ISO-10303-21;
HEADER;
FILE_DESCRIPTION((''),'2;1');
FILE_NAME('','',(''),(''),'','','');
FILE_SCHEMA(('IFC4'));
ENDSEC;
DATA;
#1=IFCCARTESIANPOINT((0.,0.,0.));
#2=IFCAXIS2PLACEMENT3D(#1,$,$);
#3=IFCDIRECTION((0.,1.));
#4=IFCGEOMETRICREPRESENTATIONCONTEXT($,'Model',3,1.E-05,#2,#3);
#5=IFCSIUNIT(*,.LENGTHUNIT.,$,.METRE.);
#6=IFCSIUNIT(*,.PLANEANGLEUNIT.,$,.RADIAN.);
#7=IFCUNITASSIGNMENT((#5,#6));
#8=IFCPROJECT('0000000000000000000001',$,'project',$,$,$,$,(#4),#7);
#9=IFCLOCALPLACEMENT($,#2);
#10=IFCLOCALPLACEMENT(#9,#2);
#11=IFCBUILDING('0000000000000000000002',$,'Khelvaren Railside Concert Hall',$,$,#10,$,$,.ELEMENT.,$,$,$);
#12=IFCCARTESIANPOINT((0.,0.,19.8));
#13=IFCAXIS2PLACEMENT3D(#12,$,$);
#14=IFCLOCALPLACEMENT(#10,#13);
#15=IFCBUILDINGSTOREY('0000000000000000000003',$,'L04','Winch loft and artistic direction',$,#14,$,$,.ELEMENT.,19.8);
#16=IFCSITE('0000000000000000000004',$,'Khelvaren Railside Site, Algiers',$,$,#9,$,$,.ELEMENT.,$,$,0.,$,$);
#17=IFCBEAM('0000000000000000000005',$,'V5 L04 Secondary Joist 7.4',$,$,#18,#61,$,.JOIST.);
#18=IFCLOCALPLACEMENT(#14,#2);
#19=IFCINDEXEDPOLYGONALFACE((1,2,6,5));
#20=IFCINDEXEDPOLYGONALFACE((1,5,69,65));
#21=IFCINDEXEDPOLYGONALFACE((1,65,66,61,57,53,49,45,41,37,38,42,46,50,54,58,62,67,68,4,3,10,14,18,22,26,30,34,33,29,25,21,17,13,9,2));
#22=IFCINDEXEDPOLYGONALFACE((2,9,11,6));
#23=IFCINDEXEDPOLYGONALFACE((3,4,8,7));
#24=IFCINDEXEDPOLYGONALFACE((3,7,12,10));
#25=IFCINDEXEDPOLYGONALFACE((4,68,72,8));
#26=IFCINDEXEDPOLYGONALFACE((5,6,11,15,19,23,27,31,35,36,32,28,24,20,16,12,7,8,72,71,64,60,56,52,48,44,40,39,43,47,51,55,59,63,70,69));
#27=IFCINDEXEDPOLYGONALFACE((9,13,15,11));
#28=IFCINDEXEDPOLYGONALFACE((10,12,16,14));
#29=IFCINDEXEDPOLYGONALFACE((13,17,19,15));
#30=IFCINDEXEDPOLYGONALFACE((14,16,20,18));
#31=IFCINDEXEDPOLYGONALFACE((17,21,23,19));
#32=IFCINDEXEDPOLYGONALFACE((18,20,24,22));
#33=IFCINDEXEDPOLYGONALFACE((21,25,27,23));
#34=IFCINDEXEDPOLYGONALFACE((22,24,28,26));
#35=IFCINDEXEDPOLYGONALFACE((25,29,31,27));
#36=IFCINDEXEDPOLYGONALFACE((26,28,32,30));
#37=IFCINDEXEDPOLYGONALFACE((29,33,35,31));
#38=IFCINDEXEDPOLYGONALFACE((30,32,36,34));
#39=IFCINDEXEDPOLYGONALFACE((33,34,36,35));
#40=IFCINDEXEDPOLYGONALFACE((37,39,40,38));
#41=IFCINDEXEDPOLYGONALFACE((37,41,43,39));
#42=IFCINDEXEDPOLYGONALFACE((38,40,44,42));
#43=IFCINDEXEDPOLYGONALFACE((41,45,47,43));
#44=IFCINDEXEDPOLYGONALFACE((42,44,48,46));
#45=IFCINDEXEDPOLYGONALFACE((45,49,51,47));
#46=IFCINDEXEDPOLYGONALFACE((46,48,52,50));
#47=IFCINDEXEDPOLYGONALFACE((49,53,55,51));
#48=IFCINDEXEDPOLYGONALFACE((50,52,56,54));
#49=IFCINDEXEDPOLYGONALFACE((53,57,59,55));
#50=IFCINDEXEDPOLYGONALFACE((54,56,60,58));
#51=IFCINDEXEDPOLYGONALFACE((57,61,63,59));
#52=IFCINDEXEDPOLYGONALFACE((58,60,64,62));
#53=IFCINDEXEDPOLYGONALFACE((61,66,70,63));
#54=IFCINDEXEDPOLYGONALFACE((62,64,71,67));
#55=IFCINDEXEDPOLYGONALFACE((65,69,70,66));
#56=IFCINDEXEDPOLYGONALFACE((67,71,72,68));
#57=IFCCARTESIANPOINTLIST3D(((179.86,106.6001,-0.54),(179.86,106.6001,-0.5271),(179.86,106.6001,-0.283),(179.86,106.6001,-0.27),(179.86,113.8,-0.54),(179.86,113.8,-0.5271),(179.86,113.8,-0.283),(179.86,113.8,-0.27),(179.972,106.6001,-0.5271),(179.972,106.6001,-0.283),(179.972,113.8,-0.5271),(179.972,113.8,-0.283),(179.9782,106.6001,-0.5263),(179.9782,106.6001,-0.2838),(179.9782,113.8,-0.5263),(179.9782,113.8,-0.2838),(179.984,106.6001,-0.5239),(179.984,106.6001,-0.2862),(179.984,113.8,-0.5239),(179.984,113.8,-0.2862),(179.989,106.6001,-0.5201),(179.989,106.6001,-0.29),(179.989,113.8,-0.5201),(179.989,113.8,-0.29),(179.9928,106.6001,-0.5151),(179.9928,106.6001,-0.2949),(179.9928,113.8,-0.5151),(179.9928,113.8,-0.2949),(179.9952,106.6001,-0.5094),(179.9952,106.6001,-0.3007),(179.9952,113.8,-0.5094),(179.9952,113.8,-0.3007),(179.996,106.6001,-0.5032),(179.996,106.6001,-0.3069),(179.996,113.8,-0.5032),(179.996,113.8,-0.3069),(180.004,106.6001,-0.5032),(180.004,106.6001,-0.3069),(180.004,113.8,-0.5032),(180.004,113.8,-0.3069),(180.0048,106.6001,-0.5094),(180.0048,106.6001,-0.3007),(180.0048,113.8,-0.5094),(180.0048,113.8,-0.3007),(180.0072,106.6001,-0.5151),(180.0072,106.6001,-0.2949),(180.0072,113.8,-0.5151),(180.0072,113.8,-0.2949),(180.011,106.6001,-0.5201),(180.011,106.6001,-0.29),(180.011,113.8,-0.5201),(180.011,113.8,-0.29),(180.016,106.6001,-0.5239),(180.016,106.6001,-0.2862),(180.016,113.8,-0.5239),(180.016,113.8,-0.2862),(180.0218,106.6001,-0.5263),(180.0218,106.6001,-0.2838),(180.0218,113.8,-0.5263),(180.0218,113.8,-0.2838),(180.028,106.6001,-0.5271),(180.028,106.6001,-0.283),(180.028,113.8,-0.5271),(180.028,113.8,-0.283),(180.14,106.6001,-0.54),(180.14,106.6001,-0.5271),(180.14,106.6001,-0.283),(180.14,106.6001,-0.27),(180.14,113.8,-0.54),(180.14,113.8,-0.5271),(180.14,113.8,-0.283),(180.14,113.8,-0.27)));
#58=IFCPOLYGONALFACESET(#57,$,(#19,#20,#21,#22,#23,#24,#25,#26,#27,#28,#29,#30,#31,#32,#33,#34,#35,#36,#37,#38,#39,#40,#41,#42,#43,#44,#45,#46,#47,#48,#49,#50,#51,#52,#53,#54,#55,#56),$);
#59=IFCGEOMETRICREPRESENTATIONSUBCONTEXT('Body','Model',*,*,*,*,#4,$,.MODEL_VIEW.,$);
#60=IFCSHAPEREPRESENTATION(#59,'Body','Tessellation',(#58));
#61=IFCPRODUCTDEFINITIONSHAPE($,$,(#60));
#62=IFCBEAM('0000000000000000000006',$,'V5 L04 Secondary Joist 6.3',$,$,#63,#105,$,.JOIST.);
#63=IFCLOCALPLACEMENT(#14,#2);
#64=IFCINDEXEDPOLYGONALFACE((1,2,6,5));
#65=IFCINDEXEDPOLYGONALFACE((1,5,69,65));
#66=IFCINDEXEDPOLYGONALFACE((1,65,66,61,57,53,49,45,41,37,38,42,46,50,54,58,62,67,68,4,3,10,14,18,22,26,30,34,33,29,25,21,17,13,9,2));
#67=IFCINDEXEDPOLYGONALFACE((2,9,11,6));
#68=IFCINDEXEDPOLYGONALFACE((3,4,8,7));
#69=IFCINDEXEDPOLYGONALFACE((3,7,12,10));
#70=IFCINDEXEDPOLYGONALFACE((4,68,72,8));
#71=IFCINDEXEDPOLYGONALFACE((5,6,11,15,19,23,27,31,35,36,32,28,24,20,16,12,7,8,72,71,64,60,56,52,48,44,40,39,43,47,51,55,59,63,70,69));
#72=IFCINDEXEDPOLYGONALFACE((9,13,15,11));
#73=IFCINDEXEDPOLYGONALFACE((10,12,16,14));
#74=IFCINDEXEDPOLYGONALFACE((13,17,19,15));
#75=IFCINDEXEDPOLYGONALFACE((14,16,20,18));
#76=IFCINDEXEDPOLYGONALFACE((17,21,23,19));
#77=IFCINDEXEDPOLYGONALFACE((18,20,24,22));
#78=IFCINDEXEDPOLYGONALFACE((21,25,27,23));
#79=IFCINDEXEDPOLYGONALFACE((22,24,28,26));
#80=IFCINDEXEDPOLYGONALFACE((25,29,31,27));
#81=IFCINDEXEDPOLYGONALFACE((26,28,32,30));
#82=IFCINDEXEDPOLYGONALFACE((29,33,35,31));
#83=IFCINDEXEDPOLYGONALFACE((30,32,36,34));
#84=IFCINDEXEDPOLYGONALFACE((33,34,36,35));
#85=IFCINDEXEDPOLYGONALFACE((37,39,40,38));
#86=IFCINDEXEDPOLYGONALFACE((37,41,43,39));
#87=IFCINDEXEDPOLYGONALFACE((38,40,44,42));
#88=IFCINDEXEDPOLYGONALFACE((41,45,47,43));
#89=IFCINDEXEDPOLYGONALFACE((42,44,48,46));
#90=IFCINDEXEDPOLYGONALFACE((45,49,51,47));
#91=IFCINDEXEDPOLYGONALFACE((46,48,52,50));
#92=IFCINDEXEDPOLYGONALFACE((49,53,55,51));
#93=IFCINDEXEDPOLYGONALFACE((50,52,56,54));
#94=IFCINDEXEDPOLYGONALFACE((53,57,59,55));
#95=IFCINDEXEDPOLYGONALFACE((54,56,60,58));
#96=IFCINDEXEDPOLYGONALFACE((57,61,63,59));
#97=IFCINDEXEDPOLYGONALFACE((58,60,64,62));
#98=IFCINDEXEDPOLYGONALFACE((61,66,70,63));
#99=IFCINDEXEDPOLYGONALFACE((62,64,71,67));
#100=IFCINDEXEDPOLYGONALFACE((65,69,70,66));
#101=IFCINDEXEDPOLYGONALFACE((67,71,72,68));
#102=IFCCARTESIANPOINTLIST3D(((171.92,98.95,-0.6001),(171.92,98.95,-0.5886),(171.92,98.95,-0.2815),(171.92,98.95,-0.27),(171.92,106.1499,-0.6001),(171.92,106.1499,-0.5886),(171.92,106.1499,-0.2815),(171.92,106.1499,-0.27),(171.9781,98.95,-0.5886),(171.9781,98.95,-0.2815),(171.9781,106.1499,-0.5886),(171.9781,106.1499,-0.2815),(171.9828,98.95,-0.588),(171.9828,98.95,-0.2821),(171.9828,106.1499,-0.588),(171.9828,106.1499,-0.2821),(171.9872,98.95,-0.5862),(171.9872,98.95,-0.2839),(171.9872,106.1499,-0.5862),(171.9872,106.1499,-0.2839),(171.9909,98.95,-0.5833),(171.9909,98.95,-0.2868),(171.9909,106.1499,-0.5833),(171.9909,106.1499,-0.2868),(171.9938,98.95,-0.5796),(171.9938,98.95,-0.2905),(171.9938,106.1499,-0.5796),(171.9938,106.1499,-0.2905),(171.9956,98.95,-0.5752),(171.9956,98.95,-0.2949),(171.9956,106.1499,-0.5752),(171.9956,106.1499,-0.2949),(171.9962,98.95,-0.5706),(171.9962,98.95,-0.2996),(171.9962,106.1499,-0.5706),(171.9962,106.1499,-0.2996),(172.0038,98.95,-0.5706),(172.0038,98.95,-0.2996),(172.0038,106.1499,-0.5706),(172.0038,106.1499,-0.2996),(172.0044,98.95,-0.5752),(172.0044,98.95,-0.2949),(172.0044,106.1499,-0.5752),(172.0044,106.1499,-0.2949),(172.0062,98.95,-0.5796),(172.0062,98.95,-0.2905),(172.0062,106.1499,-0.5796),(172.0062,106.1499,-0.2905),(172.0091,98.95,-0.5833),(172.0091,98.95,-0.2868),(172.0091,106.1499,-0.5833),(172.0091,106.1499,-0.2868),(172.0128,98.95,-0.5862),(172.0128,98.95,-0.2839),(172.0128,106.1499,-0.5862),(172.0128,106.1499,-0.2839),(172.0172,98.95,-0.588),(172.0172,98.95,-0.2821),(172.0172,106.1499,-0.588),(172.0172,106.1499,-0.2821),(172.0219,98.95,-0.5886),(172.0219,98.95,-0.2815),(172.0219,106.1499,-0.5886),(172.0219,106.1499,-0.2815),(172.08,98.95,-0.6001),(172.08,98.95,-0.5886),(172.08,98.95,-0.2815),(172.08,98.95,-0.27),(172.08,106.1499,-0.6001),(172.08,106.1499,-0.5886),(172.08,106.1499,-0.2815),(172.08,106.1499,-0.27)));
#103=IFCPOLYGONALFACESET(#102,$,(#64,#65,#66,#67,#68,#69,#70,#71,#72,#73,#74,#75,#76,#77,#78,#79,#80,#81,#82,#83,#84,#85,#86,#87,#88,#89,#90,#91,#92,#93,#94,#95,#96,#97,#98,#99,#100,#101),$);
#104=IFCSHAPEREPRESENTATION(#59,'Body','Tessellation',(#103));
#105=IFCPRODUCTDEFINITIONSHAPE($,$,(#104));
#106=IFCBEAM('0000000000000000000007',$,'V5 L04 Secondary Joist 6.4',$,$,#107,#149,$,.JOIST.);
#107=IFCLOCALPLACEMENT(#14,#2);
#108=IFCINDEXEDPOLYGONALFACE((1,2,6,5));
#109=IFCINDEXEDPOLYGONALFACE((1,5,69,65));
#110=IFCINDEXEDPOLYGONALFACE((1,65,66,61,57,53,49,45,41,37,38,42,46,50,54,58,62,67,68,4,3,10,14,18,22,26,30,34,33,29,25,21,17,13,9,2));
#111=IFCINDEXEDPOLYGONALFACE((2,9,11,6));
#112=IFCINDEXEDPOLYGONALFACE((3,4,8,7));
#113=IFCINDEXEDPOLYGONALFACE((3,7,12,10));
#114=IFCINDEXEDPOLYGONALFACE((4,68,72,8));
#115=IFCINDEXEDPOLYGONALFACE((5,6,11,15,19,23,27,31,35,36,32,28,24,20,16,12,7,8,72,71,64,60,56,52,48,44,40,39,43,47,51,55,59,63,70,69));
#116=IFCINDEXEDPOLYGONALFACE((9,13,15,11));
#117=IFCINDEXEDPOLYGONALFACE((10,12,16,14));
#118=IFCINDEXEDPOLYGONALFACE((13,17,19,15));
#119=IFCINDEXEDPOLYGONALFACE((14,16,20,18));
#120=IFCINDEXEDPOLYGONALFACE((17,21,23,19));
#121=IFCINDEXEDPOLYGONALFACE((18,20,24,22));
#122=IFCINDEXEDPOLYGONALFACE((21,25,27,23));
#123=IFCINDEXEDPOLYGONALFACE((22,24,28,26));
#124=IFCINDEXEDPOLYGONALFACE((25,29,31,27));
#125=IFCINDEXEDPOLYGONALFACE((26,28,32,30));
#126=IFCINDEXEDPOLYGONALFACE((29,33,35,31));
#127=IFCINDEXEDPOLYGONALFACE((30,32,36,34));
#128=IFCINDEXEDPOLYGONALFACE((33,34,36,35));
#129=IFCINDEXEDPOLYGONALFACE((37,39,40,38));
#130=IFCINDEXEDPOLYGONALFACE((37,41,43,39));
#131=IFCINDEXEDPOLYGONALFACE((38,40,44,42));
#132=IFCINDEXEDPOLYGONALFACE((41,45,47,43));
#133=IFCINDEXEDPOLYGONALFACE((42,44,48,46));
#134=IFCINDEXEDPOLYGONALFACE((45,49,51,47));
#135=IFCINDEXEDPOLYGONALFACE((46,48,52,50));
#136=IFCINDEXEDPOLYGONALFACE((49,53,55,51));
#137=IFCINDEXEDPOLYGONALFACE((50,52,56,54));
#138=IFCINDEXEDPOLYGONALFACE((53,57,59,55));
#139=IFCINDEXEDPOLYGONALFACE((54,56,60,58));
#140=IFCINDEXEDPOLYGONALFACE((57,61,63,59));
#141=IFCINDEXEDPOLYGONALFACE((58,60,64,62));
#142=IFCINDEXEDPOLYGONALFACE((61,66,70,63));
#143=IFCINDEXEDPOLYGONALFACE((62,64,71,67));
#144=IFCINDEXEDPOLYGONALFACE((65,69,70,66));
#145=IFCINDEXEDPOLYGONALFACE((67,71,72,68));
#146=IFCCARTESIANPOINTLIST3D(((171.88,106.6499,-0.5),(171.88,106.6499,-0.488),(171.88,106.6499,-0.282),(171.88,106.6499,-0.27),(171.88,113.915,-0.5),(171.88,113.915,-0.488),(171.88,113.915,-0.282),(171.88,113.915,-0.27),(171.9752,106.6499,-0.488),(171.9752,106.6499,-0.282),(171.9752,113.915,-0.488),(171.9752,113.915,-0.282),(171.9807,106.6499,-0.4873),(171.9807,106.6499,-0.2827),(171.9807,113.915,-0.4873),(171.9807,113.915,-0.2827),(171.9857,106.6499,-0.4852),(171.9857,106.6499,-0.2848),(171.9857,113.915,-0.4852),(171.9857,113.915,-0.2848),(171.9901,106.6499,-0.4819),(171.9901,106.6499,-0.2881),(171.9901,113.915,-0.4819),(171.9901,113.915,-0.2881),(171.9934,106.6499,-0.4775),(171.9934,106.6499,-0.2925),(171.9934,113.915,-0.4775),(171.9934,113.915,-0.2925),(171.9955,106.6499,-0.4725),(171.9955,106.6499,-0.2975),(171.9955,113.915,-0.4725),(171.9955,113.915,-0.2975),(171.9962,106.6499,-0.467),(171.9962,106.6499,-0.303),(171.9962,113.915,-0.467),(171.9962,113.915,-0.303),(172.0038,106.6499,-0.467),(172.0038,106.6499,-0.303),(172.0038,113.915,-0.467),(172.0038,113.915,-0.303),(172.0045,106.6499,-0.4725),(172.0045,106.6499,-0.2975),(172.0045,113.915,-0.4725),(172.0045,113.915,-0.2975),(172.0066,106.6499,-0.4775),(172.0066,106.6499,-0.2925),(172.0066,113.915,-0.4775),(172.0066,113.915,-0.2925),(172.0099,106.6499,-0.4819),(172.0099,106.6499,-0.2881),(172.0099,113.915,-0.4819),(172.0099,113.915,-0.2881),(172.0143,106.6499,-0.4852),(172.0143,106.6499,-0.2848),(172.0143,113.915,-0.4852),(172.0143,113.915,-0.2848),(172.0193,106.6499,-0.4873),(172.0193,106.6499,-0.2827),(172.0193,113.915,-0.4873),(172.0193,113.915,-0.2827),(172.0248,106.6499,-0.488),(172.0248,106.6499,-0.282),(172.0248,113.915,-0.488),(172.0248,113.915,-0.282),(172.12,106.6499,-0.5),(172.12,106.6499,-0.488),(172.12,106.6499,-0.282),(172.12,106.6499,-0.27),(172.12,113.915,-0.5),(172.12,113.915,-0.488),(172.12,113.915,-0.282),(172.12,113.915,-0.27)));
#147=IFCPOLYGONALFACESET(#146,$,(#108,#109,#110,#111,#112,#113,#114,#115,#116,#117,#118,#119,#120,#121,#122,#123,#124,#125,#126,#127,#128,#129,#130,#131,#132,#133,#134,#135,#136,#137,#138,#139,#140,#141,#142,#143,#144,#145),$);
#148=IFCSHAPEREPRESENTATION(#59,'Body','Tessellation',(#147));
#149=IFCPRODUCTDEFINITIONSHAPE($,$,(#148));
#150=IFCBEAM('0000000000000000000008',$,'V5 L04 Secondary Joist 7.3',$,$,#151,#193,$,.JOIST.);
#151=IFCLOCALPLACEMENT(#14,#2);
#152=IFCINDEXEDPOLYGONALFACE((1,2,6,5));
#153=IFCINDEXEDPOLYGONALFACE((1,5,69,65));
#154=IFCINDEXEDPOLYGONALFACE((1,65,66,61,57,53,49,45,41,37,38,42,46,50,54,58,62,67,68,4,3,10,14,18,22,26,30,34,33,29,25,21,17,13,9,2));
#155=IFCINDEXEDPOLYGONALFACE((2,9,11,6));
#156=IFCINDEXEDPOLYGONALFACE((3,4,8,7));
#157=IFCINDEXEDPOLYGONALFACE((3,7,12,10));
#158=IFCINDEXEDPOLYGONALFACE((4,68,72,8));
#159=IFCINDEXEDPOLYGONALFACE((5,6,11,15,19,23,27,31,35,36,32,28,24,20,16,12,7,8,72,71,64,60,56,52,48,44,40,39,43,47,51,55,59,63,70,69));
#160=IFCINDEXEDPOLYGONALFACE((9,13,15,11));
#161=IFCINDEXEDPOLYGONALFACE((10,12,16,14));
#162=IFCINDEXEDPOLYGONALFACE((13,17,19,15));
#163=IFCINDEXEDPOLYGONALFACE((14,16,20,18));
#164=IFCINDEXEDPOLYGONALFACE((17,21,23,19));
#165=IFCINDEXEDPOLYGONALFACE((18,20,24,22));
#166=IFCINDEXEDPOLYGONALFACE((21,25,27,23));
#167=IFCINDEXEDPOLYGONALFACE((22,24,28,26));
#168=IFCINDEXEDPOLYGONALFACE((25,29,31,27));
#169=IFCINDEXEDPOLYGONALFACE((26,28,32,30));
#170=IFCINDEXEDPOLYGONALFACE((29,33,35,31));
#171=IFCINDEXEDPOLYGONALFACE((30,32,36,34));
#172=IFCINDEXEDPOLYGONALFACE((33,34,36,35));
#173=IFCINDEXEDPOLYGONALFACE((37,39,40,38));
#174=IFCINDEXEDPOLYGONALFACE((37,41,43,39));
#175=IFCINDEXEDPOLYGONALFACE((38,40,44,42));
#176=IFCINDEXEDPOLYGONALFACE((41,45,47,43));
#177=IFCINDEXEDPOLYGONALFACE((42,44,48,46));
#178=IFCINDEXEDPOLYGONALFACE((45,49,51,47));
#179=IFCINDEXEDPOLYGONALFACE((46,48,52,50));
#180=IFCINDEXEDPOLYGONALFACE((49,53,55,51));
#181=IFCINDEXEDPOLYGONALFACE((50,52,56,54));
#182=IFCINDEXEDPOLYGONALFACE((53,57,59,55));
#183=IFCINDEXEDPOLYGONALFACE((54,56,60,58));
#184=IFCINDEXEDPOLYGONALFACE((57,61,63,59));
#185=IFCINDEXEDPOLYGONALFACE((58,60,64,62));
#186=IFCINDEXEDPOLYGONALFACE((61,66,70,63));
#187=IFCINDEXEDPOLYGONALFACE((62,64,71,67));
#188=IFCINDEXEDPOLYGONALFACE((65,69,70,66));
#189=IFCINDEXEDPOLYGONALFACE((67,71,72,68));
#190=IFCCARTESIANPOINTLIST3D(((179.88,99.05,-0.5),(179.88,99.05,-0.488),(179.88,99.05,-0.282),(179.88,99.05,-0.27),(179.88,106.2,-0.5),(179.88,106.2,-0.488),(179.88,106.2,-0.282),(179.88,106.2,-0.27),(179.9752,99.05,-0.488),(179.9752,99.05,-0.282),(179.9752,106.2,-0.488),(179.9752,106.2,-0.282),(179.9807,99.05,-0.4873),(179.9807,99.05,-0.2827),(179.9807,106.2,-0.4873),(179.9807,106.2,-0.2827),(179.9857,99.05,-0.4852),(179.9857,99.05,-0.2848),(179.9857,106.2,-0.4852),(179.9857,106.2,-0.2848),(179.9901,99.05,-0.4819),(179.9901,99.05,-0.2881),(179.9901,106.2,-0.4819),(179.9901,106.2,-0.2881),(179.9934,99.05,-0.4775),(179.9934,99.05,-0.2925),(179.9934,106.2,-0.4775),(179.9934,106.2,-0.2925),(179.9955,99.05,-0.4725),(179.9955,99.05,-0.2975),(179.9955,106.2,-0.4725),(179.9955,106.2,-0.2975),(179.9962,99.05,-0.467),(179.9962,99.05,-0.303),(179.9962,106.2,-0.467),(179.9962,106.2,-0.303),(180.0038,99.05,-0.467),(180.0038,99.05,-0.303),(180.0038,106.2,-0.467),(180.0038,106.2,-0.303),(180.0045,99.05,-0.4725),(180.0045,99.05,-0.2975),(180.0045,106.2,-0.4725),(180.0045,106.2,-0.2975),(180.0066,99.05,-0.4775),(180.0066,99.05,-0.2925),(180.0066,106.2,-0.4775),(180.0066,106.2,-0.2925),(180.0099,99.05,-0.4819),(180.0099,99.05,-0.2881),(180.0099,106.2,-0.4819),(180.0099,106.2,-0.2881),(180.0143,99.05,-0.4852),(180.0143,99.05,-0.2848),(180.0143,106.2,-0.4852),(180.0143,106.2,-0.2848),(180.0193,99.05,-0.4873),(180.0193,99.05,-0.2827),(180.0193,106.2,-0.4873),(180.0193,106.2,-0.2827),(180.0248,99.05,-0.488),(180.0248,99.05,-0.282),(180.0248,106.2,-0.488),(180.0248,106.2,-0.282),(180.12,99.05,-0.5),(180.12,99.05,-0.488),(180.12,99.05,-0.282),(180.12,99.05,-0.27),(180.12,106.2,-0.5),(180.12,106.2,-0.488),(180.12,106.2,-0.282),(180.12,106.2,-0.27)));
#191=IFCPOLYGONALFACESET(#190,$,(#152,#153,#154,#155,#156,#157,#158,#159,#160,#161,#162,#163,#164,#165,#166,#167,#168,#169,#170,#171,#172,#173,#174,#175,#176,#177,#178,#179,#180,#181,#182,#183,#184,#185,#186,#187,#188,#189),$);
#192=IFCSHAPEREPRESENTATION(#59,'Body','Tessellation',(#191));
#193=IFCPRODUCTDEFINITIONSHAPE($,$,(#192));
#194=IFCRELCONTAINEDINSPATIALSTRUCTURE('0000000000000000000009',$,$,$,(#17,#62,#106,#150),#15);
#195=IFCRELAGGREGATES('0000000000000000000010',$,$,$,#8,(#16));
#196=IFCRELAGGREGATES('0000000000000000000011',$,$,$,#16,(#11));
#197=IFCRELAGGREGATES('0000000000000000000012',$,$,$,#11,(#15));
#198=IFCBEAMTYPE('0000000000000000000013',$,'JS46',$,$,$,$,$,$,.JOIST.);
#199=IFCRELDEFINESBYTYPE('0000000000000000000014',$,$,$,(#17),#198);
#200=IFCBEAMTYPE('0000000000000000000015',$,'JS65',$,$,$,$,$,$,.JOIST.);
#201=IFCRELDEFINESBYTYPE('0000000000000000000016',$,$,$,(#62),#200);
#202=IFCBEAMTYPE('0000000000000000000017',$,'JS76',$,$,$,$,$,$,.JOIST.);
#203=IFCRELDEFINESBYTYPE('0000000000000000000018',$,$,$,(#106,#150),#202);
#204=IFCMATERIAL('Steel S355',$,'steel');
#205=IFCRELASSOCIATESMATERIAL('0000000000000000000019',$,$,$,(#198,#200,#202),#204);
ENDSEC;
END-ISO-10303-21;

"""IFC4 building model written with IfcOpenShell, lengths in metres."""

from ifc_helpers import new_model, si_unit, direction, frame, origin, origin_2d, place, context, subcontext, project, spatial, i_section, extrude, material, material_profile, profile_set, type_object, element, save


model = new_model("IFC4")

# Units and contexts
model_context = context("Model", 3, precision=1e-05, world=origin(), true_north=direction((0.0, 1.0)))
body_context = subcontext(model_context, "Body", "Model", "MODEL_VIEW")
ifc_project = project(units=[si_unit("LENGTHUNIT", "METRE"), si_unit("PLANEANGLEUNIT", "RADIAN")], contexts=[model_context])

# Site, building, storey
site_placement = place(None, origin())
site = spatial("IfcSite", under=ifc_project, at=site_placement, Name="Khelvaren Railside Site, Algiers", CompositionType="ELEMENT", RefElevation=0.0)
building_placement = place(site_placement, origin())
building = spatial("IfcBuilding", under=site, at=building_placement, Name="Khelvaren Railside Concert Hall", CompositionType="ELEMENT")
storey_placement = place(building_placement, frame((0.0, 0.0, 19.8)))
storey = spatial("IfcBuildingStorey", under=building, at=storey_placement, Name="L04", Description="Winch loft and artistic direction", CompositionType="ELEMENT", Elevation=19.8)

# Beams
ifc_material_1 = material(Name="Steel S355", Category="steel")
ifc_material_profile_1 = material_profile(ifc_material_1, i_section(OverallWidth=0.28, OverallDepth=0.27, WebThickness=0.0081, FlangeThickness=0.0129, FilletRadius=0.0239, at=origin_2d()), Name="HEA 280")
ifc_profile_set_1 = profile_set([ifc_material_profile_1], Name="Steel S355")
beam_type_1 = type_object("IfcBeamType", Name="JS46", PredefinedType="JOIST", material=ifc_profile_set_1)
beam_1_placement = place(storey_placement, frame((180.0, 106.6001, -0.405), z_axis=(0.0, 1.0, 0.0), x_axis=(-1.0, 0.0, 0.0)))
element("IfcBeam", 1, at=beam_1_placement, inside=storey, type_object=beam_type_1, Name="V5 L04 Secondary Joist 7.4", PredefinedType="JOIST", context=body_context, shape_type="SweptSolid", body=[
    extrude(i_section(OverallWidth=0.28, OverallDepth=0.27, WebThickness=0.0081, FlangeThickness=0.0129, FilletRadius=0.0239, at=origin_2d()), origin(), (0.0, 0.0, 1.0), 7.2),
])
ifc_material_profile_2 = material_profile(ifc_material_1, i_section(OverallWidth=0.1599, OverallDepth=0.3301, WebThickness=0.0076, FlangeThickness=0.0115, FilletRadius=0.0181, at=origin_2d()), Name="IPE 330")
ifc_profile_set_2 = profile_set([ifc_material_profile_2], Name="Steel S355")
beam_type_2 = type_object("IfcBeamType", Name="JS65", PredefinedType="JOIST", material=ifc_profile_set_2)
beam_2_placement = place(storey_placement, frame((172.0, 98.95, -0.4351), z_axis=(0.0, 1.0, 0.0), x_axis=(-1.0, 0.0, 0.0)))
element("IfcBeam", 2, at=beam_2_placement, inside=storey, type_object=beam_type_2, Name="V5 L04 Secondary Joist 6.3", PredefinedType="JOIST", context=body_context, shape_type="SweptSolid", body=[
    extrude(i_section(OverallWidth=0.1599, OverallDepth=0.3301, WebThickness=0.0076, FlangeThickness=0.0115, FilletRadius=0.0181, at=origin_2d()), origin(), (0.0, 0.0, 1.0), 7.2),
])
ifc_material_profile_3 = material_profile(ifc_material_1, i_section(OverallWidth=0.24, OverallDepth=0.23, WebThickness=0.0076, FlangeThickness=0.012, FilletRadius=0.021, at=origin_2d()), Name="HEA 240")
ifc_profile_set_3 = profile_set([ifc_material_profile_3], Name="Steel S355")
beam_type_3 = type_object("IfcBeamType", Name="JS76", PredefinedType="JOIST", material=ifc_profile_set_3)
beam_3_placement = place(storey_placement, frame((172.0, 106.6499, -0.385), z_axis=(0.0, 1.0, 0.0), x_axis=(-1.0, 0.0, 0.0)))
element("IfcBeam", 3, at=beam_3_placement, inside=storey, type_object=beam_type_3, Name="V5 L04 Secondary Joist 6.4", PredefinedType="JOIST", context=body_context, shape_type="SweptSolid", body=[
    extrude(i_section(OverallWidth=0.24, OverallDepth=0.23, WebThickness=0.0076, FlangeThickness=0.012, FilletRadius=0.021, at=origin_2d()), origin(), (0.0, 0.0, 1.0), 7.2651),
])
beam_4_placement = place(storey_placement, frame((180.0, 99.05, -0.385), z_axis=(0.0, 1.0, 0.0), x_axis=(-1.0, 0.0, 0.0)))
element("IfcBeam", 4, at=beam_4_placement, inside=storey, type_object=beam_type_3, Name="V5 L04 Secondary Joist 7.3", PredefinedType="JOIST", context=body_context, shape_type="SweptSolid", body=[
    extrude(i_section(OverallWidth=0.24, OverallDepth=0.23, WebThickness=0.0076, FlangeThickness=0.012, FilletRadius=0.021, at=origin_2d()), origin(), (0.0, 0.0, 1.0), 7.1499),
])

save(model, "model.ifc")
